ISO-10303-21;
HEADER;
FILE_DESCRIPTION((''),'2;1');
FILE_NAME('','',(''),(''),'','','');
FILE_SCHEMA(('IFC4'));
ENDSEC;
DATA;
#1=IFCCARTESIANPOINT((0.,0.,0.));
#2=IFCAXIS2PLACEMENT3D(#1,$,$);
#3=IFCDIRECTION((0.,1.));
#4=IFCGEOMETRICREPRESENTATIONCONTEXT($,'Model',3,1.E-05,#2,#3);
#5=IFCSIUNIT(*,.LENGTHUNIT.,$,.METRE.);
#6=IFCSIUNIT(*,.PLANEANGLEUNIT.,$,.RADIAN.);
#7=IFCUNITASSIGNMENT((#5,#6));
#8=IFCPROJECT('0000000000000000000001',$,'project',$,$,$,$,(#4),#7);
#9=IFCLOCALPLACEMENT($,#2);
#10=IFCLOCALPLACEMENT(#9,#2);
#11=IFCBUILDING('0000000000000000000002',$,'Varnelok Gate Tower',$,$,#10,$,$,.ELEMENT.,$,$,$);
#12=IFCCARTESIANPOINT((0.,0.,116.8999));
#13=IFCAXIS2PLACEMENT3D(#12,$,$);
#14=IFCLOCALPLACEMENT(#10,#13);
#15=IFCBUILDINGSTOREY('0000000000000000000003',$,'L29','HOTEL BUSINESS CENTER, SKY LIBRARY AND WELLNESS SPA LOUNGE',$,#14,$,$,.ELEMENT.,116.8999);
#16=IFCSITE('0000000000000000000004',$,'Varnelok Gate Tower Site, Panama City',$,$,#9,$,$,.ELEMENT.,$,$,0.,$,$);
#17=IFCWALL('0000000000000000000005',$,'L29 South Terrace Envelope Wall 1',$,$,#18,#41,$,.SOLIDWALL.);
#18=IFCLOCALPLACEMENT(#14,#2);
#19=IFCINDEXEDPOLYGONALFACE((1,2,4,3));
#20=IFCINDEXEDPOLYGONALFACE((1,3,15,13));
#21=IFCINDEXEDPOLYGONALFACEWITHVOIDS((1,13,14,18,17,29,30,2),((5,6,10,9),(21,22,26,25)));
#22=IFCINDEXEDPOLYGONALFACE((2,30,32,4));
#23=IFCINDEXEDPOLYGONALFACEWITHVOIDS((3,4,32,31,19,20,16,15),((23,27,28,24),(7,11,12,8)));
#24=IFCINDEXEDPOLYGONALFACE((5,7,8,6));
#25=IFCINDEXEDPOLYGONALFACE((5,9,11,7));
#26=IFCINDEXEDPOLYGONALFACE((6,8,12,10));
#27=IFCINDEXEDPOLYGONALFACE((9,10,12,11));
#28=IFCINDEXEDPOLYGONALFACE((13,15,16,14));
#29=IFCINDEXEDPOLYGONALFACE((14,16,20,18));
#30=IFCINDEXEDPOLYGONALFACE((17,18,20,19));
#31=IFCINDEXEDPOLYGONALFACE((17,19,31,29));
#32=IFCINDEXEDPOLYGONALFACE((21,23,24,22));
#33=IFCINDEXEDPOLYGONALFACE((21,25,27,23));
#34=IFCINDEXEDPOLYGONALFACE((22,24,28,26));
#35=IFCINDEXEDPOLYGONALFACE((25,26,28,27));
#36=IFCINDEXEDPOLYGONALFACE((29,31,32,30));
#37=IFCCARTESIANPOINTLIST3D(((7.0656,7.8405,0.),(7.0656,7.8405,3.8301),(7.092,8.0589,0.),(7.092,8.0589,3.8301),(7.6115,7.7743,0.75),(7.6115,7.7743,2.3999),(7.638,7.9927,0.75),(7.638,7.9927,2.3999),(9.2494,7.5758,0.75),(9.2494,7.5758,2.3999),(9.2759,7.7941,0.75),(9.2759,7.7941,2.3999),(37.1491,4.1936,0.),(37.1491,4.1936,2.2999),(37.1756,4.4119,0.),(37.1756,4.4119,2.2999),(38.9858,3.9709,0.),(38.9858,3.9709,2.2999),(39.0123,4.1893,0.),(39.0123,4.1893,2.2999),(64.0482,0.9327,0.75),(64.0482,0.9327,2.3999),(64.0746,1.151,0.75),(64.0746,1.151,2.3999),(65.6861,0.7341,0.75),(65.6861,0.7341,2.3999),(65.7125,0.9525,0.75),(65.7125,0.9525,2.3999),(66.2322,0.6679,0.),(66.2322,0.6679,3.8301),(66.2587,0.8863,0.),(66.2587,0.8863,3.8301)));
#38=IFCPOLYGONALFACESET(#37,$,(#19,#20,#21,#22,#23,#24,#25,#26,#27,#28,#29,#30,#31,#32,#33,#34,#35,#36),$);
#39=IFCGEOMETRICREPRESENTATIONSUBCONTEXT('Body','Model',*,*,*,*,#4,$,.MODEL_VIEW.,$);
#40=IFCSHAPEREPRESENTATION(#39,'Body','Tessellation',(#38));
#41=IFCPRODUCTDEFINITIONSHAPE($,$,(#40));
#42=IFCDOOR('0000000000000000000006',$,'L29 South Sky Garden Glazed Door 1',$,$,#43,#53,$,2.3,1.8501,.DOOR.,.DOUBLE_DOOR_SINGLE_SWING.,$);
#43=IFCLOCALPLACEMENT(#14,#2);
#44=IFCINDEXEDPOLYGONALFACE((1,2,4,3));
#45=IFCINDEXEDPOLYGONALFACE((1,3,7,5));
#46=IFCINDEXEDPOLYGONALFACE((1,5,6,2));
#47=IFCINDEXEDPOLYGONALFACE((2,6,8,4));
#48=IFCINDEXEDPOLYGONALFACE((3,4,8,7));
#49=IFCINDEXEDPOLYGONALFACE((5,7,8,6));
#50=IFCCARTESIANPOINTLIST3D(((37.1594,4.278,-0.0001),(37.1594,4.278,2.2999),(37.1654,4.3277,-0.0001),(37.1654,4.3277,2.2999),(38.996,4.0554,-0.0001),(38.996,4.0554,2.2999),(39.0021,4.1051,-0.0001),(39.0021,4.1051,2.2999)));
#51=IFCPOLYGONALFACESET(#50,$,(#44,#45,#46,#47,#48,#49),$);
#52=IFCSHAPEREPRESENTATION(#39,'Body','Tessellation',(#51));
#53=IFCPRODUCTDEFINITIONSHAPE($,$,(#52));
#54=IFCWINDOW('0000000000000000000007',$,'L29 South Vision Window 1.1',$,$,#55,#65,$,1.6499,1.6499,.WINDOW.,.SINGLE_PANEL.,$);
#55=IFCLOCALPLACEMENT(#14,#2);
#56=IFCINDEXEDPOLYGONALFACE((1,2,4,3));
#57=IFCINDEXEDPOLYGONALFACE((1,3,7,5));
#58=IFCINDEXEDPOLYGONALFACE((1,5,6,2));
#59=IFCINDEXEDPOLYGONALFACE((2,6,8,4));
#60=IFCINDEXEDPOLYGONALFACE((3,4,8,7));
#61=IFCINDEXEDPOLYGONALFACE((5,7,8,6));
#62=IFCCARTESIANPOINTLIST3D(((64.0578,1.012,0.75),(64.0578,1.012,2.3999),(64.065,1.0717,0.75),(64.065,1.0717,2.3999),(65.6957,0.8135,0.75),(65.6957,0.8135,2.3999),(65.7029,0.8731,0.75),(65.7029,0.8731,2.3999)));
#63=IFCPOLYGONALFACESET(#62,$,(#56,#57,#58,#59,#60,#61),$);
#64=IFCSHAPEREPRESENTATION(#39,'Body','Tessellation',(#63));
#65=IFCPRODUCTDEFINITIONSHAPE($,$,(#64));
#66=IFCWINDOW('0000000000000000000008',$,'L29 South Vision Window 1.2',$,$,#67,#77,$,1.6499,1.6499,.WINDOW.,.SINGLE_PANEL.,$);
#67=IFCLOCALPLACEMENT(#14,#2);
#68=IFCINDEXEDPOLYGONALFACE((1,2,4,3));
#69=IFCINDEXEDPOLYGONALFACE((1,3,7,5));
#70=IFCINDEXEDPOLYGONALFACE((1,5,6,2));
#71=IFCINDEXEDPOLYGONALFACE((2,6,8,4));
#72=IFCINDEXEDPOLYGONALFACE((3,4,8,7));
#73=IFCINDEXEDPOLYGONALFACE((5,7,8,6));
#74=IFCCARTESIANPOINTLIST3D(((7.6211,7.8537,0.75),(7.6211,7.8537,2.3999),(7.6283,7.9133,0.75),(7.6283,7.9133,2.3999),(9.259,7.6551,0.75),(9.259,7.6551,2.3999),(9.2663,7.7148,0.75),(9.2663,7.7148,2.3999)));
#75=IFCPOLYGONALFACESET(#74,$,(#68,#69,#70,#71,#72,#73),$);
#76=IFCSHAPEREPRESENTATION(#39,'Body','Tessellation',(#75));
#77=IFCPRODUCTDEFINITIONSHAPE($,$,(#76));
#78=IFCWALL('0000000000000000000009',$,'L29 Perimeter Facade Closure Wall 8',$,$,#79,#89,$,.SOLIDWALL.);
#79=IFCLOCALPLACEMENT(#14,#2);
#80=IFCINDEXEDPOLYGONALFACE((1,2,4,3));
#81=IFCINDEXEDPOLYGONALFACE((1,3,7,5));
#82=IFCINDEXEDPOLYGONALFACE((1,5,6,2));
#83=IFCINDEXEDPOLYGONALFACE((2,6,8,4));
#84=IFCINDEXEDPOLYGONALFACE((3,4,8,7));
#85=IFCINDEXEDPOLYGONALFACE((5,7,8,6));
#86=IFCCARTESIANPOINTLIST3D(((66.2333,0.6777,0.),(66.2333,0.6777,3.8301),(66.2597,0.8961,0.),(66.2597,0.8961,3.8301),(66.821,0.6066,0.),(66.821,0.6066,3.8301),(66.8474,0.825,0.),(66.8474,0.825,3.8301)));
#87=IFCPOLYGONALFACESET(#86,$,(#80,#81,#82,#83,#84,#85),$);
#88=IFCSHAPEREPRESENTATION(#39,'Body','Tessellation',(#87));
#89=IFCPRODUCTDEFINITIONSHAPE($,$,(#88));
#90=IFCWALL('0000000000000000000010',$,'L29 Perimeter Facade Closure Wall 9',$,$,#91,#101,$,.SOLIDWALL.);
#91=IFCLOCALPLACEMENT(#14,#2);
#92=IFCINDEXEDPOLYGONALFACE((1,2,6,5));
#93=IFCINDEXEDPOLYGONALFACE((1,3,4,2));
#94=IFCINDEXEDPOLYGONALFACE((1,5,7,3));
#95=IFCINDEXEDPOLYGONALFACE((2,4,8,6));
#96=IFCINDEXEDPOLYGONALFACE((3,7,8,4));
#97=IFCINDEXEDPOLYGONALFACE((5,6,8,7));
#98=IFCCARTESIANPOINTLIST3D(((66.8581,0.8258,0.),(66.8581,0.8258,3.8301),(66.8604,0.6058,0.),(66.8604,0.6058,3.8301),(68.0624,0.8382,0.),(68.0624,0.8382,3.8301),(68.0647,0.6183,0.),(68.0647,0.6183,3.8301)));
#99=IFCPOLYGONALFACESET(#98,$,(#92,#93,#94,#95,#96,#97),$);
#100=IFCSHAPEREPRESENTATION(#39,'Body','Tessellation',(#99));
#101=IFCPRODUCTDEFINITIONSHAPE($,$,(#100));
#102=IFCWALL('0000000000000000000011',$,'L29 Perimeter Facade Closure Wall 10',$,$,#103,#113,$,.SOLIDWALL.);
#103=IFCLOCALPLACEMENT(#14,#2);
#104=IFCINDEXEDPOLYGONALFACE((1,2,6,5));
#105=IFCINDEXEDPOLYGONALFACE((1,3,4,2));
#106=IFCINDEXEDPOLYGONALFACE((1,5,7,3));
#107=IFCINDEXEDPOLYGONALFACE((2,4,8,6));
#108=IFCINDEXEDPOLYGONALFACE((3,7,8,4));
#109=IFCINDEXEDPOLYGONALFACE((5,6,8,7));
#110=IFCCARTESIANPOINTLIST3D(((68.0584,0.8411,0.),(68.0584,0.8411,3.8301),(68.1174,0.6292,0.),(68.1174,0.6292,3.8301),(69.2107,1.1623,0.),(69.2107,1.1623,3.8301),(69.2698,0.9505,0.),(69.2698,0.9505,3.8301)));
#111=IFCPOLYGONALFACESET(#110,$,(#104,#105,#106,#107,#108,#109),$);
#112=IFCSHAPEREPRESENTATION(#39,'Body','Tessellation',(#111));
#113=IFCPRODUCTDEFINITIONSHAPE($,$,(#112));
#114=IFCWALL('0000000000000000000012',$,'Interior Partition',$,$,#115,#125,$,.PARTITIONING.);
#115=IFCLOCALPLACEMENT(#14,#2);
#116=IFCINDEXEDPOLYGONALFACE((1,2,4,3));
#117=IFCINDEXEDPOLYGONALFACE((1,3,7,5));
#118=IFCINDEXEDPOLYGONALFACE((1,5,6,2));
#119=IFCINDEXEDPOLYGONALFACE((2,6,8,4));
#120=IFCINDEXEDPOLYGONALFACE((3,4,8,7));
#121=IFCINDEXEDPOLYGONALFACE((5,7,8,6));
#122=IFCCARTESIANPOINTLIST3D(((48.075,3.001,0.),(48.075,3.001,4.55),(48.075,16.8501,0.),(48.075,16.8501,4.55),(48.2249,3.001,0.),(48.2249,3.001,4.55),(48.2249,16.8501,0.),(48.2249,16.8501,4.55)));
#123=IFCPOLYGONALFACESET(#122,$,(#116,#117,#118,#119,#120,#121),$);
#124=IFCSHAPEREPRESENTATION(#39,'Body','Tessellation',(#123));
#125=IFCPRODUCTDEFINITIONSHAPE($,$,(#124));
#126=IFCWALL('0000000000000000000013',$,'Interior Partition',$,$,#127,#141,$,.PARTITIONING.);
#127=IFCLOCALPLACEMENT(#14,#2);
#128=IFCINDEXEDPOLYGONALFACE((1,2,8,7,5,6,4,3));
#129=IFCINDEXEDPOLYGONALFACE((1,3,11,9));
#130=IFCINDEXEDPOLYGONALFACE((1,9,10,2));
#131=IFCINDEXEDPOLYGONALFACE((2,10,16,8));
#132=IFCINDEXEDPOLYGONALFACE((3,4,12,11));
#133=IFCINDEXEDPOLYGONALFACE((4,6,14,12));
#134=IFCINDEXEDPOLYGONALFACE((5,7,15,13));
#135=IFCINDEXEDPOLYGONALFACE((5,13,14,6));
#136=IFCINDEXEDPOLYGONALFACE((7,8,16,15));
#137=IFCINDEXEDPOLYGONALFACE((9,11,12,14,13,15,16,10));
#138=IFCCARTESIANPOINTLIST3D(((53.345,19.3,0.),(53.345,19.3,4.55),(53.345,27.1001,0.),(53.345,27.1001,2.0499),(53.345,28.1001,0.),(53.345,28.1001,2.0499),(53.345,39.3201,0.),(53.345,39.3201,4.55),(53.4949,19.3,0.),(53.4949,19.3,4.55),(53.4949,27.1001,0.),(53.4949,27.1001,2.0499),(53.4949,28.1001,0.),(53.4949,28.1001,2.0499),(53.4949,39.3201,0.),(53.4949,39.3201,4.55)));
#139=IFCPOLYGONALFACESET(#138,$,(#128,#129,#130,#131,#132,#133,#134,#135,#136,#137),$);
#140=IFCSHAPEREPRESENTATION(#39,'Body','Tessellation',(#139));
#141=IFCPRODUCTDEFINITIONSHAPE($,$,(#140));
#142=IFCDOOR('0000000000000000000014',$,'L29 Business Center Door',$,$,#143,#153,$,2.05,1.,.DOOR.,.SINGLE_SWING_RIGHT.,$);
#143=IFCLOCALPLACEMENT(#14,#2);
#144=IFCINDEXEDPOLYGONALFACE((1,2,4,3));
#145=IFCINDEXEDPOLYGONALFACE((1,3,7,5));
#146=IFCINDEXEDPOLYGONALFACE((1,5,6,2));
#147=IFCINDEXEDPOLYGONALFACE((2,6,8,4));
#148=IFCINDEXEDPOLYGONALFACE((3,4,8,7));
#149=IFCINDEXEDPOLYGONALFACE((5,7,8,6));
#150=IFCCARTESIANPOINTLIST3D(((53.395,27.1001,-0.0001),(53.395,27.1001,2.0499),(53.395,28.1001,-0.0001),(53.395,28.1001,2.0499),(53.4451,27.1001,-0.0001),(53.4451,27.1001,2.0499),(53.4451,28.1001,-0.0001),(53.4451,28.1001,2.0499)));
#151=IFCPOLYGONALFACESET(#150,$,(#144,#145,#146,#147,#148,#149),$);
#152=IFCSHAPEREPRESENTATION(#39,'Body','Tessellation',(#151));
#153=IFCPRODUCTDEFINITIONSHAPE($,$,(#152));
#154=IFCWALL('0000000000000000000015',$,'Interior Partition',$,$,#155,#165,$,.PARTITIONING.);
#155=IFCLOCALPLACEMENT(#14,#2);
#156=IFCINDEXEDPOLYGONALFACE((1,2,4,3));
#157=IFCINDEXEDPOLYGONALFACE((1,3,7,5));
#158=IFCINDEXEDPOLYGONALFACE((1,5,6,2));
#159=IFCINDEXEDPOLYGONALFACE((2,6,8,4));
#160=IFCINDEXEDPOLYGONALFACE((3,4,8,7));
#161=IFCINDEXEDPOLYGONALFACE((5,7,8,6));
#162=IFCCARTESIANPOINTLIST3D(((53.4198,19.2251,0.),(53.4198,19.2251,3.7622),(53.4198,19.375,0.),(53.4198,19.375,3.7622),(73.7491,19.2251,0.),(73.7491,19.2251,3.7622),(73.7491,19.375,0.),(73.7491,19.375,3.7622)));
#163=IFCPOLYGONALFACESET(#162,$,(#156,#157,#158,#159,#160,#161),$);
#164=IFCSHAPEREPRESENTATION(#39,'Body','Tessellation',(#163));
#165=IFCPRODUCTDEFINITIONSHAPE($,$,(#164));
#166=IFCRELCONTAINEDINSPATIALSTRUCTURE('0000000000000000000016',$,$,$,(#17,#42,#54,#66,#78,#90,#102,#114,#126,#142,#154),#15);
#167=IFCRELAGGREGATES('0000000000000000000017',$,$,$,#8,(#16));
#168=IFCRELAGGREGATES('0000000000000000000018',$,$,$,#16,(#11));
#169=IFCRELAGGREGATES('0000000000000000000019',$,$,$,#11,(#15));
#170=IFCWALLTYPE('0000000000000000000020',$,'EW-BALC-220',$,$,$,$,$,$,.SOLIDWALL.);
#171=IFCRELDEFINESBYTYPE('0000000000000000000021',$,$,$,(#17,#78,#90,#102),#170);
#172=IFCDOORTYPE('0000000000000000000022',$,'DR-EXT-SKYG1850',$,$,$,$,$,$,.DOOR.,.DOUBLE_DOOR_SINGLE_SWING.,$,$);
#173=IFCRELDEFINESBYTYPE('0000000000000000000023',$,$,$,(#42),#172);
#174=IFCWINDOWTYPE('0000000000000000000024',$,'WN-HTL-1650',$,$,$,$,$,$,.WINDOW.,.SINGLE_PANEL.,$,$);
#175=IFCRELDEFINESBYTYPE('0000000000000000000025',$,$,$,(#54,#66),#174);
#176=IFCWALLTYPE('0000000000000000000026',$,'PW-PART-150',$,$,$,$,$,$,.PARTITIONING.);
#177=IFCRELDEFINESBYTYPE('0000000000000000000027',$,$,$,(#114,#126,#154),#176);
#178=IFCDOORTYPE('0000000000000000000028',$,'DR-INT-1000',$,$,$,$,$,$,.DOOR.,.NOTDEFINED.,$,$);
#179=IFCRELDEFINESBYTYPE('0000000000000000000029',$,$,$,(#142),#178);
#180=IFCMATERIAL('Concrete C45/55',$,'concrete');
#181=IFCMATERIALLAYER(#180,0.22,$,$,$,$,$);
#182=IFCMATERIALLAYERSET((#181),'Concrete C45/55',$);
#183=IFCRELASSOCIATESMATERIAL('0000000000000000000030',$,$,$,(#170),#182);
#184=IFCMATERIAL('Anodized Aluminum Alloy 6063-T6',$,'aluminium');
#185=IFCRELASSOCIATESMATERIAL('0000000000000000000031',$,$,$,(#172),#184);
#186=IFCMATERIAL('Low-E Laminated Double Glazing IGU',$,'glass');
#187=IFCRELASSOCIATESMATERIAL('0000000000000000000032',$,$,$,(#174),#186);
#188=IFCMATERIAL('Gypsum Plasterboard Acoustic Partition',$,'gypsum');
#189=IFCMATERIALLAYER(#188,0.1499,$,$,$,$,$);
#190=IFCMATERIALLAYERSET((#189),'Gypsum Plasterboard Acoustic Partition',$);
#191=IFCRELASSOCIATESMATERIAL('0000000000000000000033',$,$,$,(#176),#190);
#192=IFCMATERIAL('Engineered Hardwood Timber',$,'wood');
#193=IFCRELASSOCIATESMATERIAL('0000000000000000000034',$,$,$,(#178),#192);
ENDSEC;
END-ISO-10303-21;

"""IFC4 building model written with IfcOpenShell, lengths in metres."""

from ifc_helpers import new_model, si_unit, direction, frame, frame_2d, origin, place, context, subcontext, project, spatial, rectangle, extrude, material, layer, layer_set, type_object, element, fill, save


model = new_model("IFC4")

# Units and contexts
model_context = context("Model", 3, precision=1e-05, world=origin(), true_north=direction((0.0, 1.0)))
body_context = subcontext(model_context, "Body", "Model", "MODEL_VIEW")
ifc_project = project(units=[si_unit("LENGTHUNIT", "METRE"), si_unit("PLANEANGLEUNIT", "RADIAN")], contexts=[model_context])

# Site, building, storey
site_placement = place(None, origin())
site = spatial("IfcSite", under=ifc_project, at=site_placement, Name="Varnelok Gate Tower Site, Panama City", CompositionType="ELEMENT", RefElevation=0.0)
building_placement = place(site_placement, origin())
building = spatial("IfcBuilding", under=site, at=building_placement, Name="Varnelok Gate Tower", CompositionType="ELEMENT")
storey_placement = place(building_placement, frame((0.0, 0.0, 116.8999)))
storey = spatial("IfcBuildingStorey", under=building, at=storey_placement, Name="L29", Description="HOTEL BUSINESS CENTER, SKY LIBRARY AND WELLNESS SPA LOUNGE", CompositionType="ELEMENT", Elevation=116.8999)

# Wall, openings, door, windows
ifc_material_1 = material(Name="Concrete C45/55", Category="concrete")
ifc_layer_1 = layer(ifc_material_1, 0.22)
ifc_layer_set_1 = layer_set([ifc_layer_1], Name="Concrete C45/55")
wall_type_1 = type_object("IfcWallType", Name="EW-BALC-220", PredefinedType="SOLIDWALL", material=ifc_layer_set_1)
wall_1_placement = place(storey_placement, frame((66.2454, 0.7771, 0.0), z_axis=(0.0, 0.0, 1.0), x_axis=(-0.992732, 0.120346, 0.0)))
wall_1 = element("IfcWall", 1, at=wall_1_placement, inside=storey, type_object=wall_type_1, Name="L29 South Terrace Envelope Wall 1", PredefinedType="SOLIDWALL", context=body_context, shape_type="SweptSolid", body=[
    extrude(rectangle(XDim=59.5999, YDim=0.22, at=frame_2d((29.7998, 0.0))), origin(), (0.0, 0.0, 1.0), 3.8301),
])
opening_1_placement = place(wall_1_placement, frame((27.4458, 0.0, 0.0)))
opening_1 = element("IfcOpeningElement", 2, at=opening_1_placement, cuts=wall_1, PredefinedType="OPENING", context=body_context, shape_type="SweptSolid", body=[
    extrude(rectangle(XDim=1.8501, YDim=2.3, at=frame_2d((0.925, 1.1499))), frame((0.0, 0.1199, 0.0), z_axis=(0.0, -1.0, 0.0), x_axis=(1.0, 0.0, 0.0)), (0.0, 0.0, 1.0), 0.24),
])
opening_2_placement = place(wall_1_placement, frame((0.55, 0.0, 0.75)))
opening_2 = element("IfcOpeningElement", 3, at=opening_2_placement, cuts=wall_1, PredefinedType="OPENING", context=body_context, shape_type="SweptSolid", body=[
    extrude(rectangle(XDim=1.6499, YDim=1.6499, at=frame_2d((0.825, 0.825))), frame((0.0, 0.1199, 0.0), z_axis=(0.0, -1.0, 0.0), x_axis=(1.0, 0.0, 0.0)), (0.0, 0.0, 1.0), 0.24),
])
opening_3_placement = place(wall_1_placement, frame((57.3999, 0.0, 0.75)))
opening_3 = element("IfcOpeningElement", 4, at=opening_3_placement, cuts=wall_1, PredefinedType="OPENING", context=body_context, shape_type="SweptSolid", body=[
    extrude(rectangle(XDim=1.6499, YDim=1.6499, at=frame_2d((0.825, 0.825))), frame((0.0, 0.1199, 0.0), z_axis=(0.0, -1.0, 0.0), x_axis=(1.0, 0.0, 0.0)), (0.0, 0.0, 1.0), 0.24),
])
ifc_material_2 = material(Name="Anodized Aluminum Alloy 6063-T6", Category="aluminium")
door_type_1 = type_object("IfcDoorType", Name="DR-EXT-SKYG1850", OperationType="DOUBLE_DOOR_SINGLE_SWING", PredefinedType="DOOR", material=ifc_material_2)
door_1_placement = place(opening_1_placement, origin())
door_1 = element("IfcDoor", 5, at=door_1_placement, inside=storey, type_object=door_type_1, Name="L29 South Sky Garden Glazed Door 1", OperationType="DOUBLE_DOOR_SINGLE_SWING", OverallHeight=2.3, OverallWidth=1.8501, PredefinedType="DOOR", context=body_context, shape_type="SweptSolid", body=[
    extrude(rectangle(XDim=1.8501, YDim=2.3, at=frame_2d((0.925, 1.1499))), frame((0.0, 0.0249, 0.0), z_axis=(0.0, -1.0, 0.0), x_axis=(1.0, 0.0, 0.0)), (0.0, 0.0, 1.0), 0.05),
])
fill(opening_1, door_1)
ifc_material_3 = material(Name="Low-E Laminated Double Glazing IGU", Category="glass")
window_type = type_object("IfcWindowType", Name="WN-HTL-1650", PartitioningType="SINGLE_PANEL", PredefinedType="WINDOW", material=ifc_material_3)
window_1_placement = place(opening_2_placement, origin())
window_1 = element("IfcWindow", 6, at=window_1_placement, inside=storey, type_object=window_type, Name="L29 South Vision Window 1.1", OverallHeight=1.6499, OverallWidth=1.6499, PartitioningType="SINGLE_PANEL", PredefinedType="WINDOW", context=body_context, shape_type="SweptSolid", body=[
    extrude(rectangle(XDim=1.6499, YDim=1.6499, at=frame_2d((0.825, 0.825))), frame((0.0, 0.03, 0.0), z_axis=(0.0, -1.0, 0.0), x_axis=(1.0, 0.0, 0.0)), (0.0, 0.0, 1.0), 0.0601),
])
fill(opening_2, window_1)
window_2_placement = place(opening_3_placement, origin())
window_2 = element("IfcWindow", 7, at=window_2_placement, inside=storey, type_object=window_type, Name="L29 South Vision Window 1.2", OverallHeight=1.6499, OverallWidth=1.6499, PartitioningType="SINGLE_PANEL", PredefinedType="WINDOW", context=body_context, shape_type="SweptSolid", body=[
    extrude(rectangle(XDim=1.6499, YDim=1.6499, at=frame_2d((0.825, 0.825))), frame((0.0, 0.03, 0.0), z_axis=(0.0, -1.0, 0.0), x_axis=(1.0, 0.0, 0.0)), (0.0, 0.0, 1.0), 0.0601),
])
fill(opening_3, window_2)

# Walls
wall_2_placement = place(storey_placement, frame((66.2466, 0.7869, 0.0), z_axis=(0.0, 0.0, 1.0), x_axis=(0.992771, -0.120023, 0.0)))
element("IfcWall", 8, at=wall_2_placement, inside=storey, type_object=wall_type_1, Name="L29 Perimeter Facade Closure Wall 8", PredefinedType="SOLIDWALL", context=body_context, shape_type="SweptSolid", body=[
    extrude(rectangle(XDim=0.592, YDim=0.22, at=frame_2d((0.2959, 0.0))), origin(), (0.0, 0.0, 1.0), 3.8301),
])
wall_3_placement = place(storey_placement, frame((66.8594, 0.7158, 0.0), z_axis=(0.0, 0.0, 1.0), x_axis=(0.999947, 0.010338, 0.0)))
element("IfcWall", 9, at=wall_3_placement, inside=storey, type_object=wall_type_1, Name="L29 Perimeter Facade Closure Wall 9", PredefinedType="SOLIDWALL", context=body_context, shape_type="SweptSolid", body=[
    extrude(rectangle(XDim=1.2043, YDim=0.22, at=frame_2d((0.6021, 0.0))), origin(), (0.0, 0.0, 1.0), 3.8301),
])
wall_4_placement = place(storey_placement, frame((68.0879, 0.7351, 0.0), z_axis=(0.0, 0.0, 1.0), x_axis=(0.96326, 0.26857, 0.0)))
element("IfcWall", 10, at=wall_4_placement, inside=storey, type_object=wall_type_1, Name="L29 Perimeter Facade Closure Wall 10", PredefinedType="SOLIDWALL", context=body_context, shape_type="SweptSolid", body=[
    extrude(rectangle(XDim=1.1963, YDim=0.22, at=frame_2d((0.5981, 0.0))), origin(), (0.0, 0.0, 1.0), 3.8301),
])
ifc_material_4 = material(Name="Gypsum Plasterboard Acoustic Partition", Category="gypsum")
ifc_layer_2 = layer(ifc_material_4, 0.1499)
ifc_layer_set_2 = layer_set([ifc_layer_2], Name="Gypsum Plasterboard Acoustic Partition")
wall_type_2 = type_object("IfcWallType", Name="PW-PART-150", PredefinedType="PARTITIONING", material=ifc_layer_set_2)
wall_5_placement = place(storey_placement, frame((48.1499, 3.001, 0.0), z_axis=(0.0, 0.0, 1.0), x_axis=(0.0, 1.0, 0.0)))
element("IfcWall", 11, at=wall_5_placement, inside=storey, type_object=wall_type_2, Name="Interior Partition", PredefinedType="PARTITIONING", context=body_context, shape_type="SweptSolid", body=[
    extrude(rectangle(XDim=13.8491, YDim=0.1499, at=frame_2d((6.9246, 0.0))), origin(), (0.0, 0.0, 1.0), 4.55),
])

# Wall, opening, door
wall_6_placement = place(storey_placement, frame((53.4199, 19.3, 0.0), z_axis=(0.0, 0.0, 1.0), x_axis=(0.0, 1.0, 0.0)))
wall_6 = element("IfcWall", 12, at=wall_6_placement, inside=storey, type_object=wall_type_2, Name="Interior Partition", PredefinedType="PARTITIONING", context=body_context, shape_type="SweptSolid", body=[
    extrude(rectangle(XDim=20.02, YDim=0.1499, at=frame_2d((10.01, 0.0))), origin(), (0.0, 0.0, 1.0), 4.55),
])
opening_4_placement = place(wall_6_placement, frame((7.8, 0.0, 0.0)))
opening_4 = element("IfcOpeningElement", 13, at=opening_4_placement, cuts=wall_6, PredefinedType="OPENING", context=body_context, shape_type="SweptSolid", body=[
    extrude(rectangle(XDim=1.0, YDim=2.05, at=frame_2d((0.5, 1.0249))), frame((0.0, 0.085, 0.0), z_axis=(0.0, -1.0, 0.0), x_axis=(1.0, 0.0, 0.0)), (0.0, 0.0, 1.0), 0.1699),
])
ifc_material_5 = material(Name="Engineered Hardwood Timber", Category="wood")
door_type_2 = type_object("IfcDoorType", Name="DR-INT-1000", OperationType="NOTDEFINED", PredefinedType="DOOR", material=ifc_material_5)
door_2_placement = place(opening_4_placement, origin())
door_2 = element("IfcDoor", 14, at=door_2_placement, inside=storey, type_object=door_type_2, Name="L29 Business Center Door", OperationType="SINGLE_SWING_RIGHT", OverallHeight=2.05, OverallWidth=1.0, PredefinedType="DOOR", context=body_context, shape_type="SweptSolid", body=[
    extrude(rectangle(XDim=1.0, YDim=2.05, at=frame_2d((0.5, 1.0249))), frame((0.0, 0.0249, 0.0), z_axis=(0.0, -1.0, 0.0), x_axis=(1.0, 0.0, 0.0)), (0.0, 0.0, 1.0), 0.05),
])
fill(opening_4, door_2)

# Wall
wall_7_placement = place(storey_placement, frame((53.4199, 19.3, 0.0), z_axis=(0.0, 0.0, 1.0), x_axis=(1.0, 0.0, 0.0)))
element("IfcWall", 15, at=wall_7_placement, inside=storey, type_object=wall_type_2, Name="Interior Partition", PredefinedType="PARTITIONING", context=body_context, shape_type="SweptSolid", body=[
    extrude(rectangle(XDim=20.3293, YDim=0.1499, at=frame_2d((10.1646, 0.0))), origin(), (0.0, 0.0, 1.0), 3.7622),
])

save(model, "model.ifc")
